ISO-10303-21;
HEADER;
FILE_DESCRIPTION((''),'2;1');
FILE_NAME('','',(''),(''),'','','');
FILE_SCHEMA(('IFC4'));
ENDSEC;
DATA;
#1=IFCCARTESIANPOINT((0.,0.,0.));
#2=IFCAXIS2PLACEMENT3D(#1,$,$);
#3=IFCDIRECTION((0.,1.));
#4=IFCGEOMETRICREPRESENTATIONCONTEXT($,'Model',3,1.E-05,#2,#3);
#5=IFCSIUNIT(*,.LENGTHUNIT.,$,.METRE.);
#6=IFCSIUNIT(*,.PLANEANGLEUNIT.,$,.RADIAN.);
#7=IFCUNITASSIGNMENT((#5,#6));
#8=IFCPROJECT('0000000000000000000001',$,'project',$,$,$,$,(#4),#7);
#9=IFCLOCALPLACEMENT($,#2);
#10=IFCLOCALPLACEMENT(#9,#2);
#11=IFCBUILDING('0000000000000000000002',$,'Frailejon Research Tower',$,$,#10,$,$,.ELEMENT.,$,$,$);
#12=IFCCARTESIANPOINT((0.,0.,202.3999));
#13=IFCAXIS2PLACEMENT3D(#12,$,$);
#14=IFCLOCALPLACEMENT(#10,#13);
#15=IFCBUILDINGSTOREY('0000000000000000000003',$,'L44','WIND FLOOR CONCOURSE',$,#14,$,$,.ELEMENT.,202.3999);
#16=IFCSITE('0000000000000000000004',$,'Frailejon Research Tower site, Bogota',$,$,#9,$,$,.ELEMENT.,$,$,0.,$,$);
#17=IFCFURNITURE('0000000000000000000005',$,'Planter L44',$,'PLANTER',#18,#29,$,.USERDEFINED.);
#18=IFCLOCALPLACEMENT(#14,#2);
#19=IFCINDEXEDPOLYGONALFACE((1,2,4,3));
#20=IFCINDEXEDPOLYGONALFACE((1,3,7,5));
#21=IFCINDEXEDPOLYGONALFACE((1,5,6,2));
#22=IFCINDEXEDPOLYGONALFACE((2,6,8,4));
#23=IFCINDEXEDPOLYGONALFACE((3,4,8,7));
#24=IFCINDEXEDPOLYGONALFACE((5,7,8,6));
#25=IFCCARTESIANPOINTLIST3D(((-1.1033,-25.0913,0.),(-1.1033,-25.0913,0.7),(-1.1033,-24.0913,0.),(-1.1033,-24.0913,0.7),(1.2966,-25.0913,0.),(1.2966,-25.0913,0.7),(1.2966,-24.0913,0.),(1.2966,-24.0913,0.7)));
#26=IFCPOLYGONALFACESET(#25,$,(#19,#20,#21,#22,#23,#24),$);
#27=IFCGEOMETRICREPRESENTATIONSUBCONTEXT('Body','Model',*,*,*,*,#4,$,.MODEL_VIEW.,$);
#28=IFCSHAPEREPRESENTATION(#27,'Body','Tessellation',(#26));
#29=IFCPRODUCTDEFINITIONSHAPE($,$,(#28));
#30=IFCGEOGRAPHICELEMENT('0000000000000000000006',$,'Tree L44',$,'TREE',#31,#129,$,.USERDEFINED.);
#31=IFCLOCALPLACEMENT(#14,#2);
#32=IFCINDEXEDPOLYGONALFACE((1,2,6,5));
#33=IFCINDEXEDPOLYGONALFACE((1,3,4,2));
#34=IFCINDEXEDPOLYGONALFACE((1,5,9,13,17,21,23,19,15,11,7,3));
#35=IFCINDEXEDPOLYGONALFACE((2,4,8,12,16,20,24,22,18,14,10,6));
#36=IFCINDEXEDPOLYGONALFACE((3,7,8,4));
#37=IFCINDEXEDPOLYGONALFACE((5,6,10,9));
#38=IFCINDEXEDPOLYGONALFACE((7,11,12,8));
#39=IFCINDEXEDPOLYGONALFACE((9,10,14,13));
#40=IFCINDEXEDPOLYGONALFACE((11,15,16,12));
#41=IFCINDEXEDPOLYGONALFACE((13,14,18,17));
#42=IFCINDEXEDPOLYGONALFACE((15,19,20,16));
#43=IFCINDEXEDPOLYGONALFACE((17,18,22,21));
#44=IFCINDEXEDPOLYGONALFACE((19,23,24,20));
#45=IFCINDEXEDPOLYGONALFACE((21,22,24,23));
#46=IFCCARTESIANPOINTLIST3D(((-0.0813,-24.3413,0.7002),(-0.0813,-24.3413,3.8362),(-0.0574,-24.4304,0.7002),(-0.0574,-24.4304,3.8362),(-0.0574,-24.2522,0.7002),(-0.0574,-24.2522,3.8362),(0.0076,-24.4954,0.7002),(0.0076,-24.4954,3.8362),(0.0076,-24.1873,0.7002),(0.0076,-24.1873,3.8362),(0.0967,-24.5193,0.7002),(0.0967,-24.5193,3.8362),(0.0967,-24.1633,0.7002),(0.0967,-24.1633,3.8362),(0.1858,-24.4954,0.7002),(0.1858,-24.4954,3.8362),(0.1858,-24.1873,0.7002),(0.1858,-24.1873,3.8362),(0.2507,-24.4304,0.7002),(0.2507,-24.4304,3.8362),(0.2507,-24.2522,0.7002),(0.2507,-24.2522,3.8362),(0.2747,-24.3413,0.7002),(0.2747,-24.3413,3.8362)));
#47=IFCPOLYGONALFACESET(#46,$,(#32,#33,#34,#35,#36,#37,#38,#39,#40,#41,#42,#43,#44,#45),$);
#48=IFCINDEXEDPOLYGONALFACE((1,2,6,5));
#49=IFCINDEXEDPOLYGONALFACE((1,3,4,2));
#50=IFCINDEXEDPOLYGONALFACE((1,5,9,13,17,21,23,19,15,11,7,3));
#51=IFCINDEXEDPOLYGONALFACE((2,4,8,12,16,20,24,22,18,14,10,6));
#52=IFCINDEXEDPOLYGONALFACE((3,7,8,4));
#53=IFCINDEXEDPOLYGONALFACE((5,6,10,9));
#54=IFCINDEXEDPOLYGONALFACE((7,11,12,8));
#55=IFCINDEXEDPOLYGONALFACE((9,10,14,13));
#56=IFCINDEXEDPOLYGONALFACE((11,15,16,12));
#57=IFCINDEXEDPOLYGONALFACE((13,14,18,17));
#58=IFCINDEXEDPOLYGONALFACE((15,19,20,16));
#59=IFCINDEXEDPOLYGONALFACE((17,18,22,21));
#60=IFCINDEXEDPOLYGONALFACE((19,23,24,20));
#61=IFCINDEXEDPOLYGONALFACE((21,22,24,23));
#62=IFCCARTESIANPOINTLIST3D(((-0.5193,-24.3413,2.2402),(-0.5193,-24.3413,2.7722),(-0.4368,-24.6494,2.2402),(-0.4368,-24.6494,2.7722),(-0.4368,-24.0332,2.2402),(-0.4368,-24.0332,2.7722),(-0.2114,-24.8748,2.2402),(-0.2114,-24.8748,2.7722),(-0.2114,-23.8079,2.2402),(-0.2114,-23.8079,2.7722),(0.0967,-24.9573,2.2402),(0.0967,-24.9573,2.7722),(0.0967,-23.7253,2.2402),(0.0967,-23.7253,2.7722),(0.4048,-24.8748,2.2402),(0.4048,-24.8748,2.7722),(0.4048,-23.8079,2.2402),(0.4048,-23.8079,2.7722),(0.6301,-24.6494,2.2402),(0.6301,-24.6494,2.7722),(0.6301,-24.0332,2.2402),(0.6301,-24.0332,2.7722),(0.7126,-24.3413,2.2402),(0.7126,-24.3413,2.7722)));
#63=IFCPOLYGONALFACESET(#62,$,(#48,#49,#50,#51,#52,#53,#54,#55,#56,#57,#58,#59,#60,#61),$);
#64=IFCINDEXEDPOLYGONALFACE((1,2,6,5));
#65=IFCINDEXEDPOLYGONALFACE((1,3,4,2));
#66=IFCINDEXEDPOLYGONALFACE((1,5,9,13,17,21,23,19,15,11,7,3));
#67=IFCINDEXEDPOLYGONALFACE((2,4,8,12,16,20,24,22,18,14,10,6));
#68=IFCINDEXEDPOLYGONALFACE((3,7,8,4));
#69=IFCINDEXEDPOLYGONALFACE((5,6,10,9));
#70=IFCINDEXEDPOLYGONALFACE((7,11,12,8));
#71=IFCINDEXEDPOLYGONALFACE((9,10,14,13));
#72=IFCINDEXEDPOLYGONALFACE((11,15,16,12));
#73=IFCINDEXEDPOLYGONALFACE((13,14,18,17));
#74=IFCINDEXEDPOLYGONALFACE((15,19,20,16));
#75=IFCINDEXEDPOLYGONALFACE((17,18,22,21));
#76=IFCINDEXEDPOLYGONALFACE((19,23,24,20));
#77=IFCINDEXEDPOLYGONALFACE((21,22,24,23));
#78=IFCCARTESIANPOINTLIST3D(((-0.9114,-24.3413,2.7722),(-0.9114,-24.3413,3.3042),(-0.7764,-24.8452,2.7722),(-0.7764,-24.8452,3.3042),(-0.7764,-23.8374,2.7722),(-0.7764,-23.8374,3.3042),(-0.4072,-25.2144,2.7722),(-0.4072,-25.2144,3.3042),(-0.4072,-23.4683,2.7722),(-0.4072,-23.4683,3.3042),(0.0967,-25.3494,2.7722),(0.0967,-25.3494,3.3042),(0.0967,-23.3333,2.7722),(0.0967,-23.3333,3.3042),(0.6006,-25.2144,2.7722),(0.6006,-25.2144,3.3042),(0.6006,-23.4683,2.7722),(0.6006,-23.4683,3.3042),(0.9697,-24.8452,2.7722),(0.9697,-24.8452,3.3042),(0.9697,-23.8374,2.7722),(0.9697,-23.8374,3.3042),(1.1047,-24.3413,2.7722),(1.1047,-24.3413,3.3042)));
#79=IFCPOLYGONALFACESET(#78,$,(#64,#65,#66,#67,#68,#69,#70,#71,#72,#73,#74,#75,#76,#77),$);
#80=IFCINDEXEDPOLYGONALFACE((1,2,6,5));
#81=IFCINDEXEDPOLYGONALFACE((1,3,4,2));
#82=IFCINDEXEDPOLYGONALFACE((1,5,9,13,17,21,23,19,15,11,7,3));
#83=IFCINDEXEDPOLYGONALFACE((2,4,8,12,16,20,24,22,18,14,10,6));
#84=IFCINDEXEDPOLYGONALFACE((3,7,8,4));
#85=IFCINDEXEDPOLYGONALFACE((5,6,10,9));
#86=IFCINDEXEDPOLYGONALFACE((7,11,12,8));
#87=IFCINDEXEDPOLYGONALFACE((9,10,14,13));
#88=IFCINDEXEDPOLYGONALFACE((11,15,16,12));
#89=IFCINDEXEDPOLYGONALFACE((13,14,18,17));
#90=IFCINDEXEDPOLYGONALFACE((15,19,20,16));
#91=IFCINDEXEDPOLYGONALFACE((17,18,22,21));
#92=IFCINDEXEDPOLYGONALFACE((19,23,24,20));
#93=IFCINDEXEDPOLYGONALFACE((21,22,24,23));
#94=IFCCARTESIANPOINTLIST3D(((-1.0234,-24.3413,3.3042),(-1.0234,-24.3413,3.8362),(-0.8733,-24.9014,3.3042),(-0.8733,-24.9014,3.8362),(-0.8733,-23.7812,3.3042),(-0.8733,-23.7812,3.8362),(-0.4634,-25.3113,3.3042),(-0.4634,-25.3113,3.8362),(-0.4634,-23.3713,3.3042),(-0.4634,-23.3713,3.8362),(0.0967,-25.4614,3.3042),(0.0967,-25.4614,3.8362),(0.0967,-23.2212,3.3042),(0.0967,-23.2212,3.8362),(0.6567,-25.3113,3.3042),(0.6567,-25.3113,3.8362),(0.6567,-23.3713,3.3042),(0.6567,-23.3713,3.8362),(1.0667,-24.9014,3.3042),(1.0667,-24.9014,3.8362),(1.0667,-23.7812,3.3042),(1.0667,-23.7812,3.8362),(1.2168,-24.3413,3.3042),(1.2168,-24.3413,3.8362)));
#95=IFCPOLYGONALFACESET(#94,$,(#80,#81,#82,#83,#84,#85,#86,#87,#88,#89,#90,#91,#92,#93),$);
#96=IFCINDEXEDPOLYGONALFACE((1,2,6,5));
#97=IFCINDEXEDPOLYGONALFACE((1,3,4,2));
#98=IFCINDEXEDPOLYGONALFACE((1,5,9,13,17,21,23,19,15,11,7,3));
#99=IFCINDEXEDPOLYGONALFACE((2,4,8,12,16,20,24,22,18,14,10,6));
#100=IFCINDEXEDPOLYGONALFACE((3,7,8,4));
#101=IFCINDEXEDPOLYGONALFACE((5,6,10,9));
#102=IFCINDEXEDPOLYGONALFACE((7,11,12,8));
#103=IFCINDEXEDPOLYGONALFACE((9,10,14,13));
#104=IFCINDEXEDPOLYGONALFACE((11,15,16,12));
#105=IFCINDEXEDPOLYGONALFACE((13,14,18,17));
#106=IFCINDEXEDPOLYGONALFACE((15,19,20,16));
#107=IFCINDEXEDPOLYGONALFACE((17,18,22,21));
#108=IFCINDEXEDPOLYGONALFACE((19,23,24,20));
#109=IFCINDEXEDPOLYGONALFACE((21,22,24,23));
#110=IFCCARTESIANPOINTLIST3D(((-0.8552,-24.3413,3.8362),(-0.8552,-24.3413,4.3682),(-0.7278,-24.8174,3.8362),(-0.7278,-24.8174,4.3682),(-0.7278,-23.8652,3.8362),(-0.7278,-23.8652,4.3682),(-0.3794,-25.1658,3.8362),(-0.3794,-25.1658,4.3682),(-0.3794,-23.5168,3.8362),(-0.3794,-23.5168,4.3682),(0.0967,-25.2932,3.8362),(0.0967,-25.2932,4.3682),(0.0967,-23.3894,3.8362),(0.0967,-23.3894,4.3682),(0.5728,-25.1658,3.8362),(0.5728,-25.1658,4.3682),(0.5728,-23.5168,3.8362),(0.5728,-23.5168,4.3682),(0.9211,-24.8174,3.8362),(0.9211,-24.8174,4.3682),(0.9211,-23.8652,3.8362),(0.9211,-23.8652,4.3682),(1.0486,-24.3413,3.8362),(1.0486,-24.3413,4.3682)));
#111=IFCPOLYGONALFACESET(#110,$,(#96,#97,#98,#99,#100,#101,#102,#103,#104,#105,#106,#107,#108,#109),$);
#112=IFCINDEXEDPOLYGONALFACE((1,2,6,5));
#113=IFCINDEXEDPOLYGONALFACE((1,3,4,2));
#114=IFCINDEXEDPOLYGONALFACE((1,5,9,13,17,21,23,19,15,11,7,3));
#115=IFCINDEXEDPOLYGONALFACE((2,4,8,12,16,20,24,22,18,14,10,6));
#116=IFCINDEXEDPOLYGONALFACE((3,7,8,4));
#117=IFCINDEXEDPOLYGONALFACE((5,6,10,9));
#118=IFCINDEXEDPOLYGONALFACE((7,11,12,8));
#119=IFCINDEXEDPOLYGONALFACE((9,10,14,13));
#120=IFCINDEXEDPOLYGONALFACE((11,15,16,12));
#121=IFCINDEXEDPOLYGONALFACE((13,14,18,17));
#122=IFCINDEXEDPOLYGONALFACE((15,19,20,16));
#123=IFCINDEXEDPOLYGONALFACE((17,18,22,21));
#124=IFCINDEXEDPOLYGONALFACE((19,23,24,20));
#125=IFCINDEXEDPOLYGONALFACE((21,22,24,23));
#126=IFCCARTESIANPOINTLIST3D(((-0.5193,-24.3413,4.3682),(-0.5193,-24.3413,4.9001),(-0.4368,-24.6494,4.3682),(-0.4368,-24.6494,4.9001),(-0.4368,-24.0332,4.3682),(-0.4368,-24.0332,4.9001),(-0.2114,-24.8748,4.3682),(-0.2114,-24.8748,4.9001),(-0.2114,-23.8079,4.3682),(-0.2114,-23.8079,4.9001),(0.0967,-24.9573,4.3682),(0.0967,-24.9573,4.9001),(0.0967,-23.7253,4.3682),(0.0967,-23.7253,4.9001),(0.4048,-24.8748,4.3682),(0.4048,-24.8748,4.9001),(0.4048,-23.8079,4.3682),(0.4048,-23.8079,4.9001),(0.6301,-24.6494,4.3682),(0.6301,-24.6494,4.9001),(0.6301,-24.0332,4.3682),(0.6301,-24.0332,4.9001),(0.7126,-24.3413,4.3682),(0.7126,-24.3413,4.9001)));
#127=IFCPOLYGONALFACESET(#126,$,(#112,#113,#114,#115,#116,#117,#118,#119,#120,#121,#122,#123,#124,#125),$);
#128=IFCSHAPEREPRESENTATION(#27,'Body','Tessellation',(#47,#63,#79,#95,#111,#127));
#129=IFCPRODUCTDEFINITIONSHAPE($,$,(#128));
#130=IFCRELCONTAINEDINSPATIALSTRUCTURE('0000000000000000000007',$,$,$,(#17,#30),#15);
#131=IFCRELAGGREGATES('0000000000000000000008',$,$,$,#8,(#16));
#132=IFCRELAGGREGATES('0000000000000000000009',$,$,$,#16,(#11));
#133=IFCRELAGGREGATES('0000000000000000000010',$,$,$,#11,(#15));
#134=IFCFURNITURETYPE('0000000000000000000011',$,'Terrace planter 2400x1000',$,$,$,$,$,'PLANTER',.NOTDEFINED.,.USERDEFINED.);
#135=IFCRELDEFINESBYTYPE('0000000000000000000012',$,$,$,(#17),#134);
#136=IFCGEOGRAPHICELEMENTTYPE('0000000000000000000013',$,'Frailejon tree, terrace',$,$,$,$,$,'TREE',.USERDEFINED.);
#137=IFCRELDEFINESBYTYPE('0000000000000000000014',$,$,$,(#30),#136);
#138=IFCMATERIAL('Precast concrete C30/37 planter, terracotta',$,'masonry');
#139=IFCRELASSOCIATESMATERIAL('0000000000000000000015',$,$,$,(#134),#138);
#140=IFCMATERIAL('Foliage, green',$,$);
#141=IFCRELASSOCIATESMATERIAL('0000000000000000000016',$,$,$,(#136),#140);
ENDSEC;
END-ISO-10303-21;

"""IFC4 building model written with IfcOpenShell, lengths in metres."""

from ifc_helpers import new_model, si_unit, direction, frame, origin, origin_2d, place, context, subcontext, project, spatial, polyline, rectangle, outline, extrude, material, type_object, element, save


model = new_model("IFC4")

# Units and contexts
model_context = context("Model", 3, precision=1e-05, world=origin(), true_north=direction((0.0, 1.0)))
body_context = subcontext(model_context, "Body", "Model", "MODEL_VIEW")
ifc_project = project(units=[si_unit("LENGTHUNIT", "METRE"), si_unit("PLANEANGLEUNIT", "RADIAN")], contexts=[model_context])

# Site, building, storey
site_placement = place(None, origin())
site = spatial("IfcSite", under=ifc_project, at=site_placement, Name="Frailejon Research Tower site, Bogota", CompositionType="ELEMENT", RefElevation=0.0)
building_placement = place(site_placement, origin())
building = spatial("IfcBuilding", under=site, at=building_placement, Name="Frailejon Research Tower", CompositionType="ELEMENT")
storey_placement = place(building_placement, frame((0.0, 0.0, 202.3999)))
storey = spatial("IfcBuildingStorey", under=building, at=storey_placement, Name="L44", Description="WIND FLOOR CONCOURSE", CompositionType="ELEMENT", Elevation=202.3999)

# Furniture
ifc_material_1 = material(Name="Precast concrete C30/37 planter, terracotta", Category="masonry")
furniture_type = type_object("IfcFurnitureType", Name="Terrace planter 2400x1000", ElementType="PLANTER", AssemblyPlace="NOTDEFINED", PredefinedType="USERDEFINED", material=ifc_material_1)
furniture_placement = place(storey_placement, frame((0.0967, -24.5913, 0.0), z_axis=(0.0, 0.0, 1.0), x_axis=(1.0, 0.0, 0.0)))
element("IfcFurniture", 1, at=furniture_placement, inside=storey, type_object=furniture_type, Name="Planter L44", ObjectType="PLANTER", PredefinedType="USERDEFINED", context=body_context, shape_type="SweptSolid", body=[
    extrude(rectangle(XDim=2.3999, YDim=1.0, at=origin_2d()), origin(), (0.0, 0.0, 1.0), 0.7),
])

# Geographic element
ifc_material_2 = material(Name="Foliage, green")
geographic_element_type = type_object("IfcGeographicElementType", Name="Frailejon tree, terrace", ElementType="TREE", PredefinedType="USERDEFINED", material=ifc_material_2)
geographic_element_1_placement = place(storey_placement, frame((0.0967, -24.3413, 0.7002)))
element("IfcGeographicElement", 2, at=geographic_element_1_placement, inside=storey, type_object=geographic_element_type, Name="Tree L44", ObjectType="TREE", PredefinedType="USERDEFINED", context=body_context, shape_type="SweptSolid", body=[
    extrude(outline(polyline([(0.178, 0.0), (0.1541, 0.0891), (0.0891, 0.1541), (0.0, 0.178), (-0.0891, 0.1541), (-0.1541, 0.0891), (-0.178, 0.0), (-0.1541, -0.0891), (-0.0891, -0.1541), (0.0, -0.178), (0.0891, -0.1541), (0.1541, -0.0891), (0.178, 0.0)])), origin(), (0.0, 0.0, 1.0), 3.136),
    extrude(outline(polyline([(0.616, 0.0), (0.5334, 0.3081), (0.3081, 0.5334), (0.0, 0.616), (-0.3081, 0.5334), (-0.5334, 0.3081), (-0.616, 0.0), (-0.5334, -0.3081), (-0.3081, -0.5334), (0.0, -0.616), (0.3081, -0.5334), (0.5334, -0.3081), (0.616, 0.0)])), frame((0.0, 0.0, 1.54)), (0.0, 0.0, 1.0), 0.532),
    extrude(outline(polyline([(1.0081, 0.0), (0.873, 0.5039), (0.5039, 0.873), (0.0, 1.0081), (-0.5039, 0.873), (-0.873, 0.5039), (-1.0081, 0.0), (-0.873, -0.5039), (-0.5039, -0.873), (0.0, -1.0081), (0.5039, -0.873), (0.873, -0.5039), (1.0081, 0.0)])), frame((0.0, 0.0, 2.072)), (0.0, 0.0, 1.0), 0.532),
    extrude(outline(polyline([(1.1201, 0.0), (0.97, 0.5601), (0.5601, 0.97), (0.0, 1.1201), (-0.5601, 0.97), (-0.97, 0.5601), (-1.1201, 0.0), (-0.97, -0.5601), (-0.5601, -0.97), (0.0, -1.1201), (0.5601, -0.97), (0.97, -0.5601), (1.1201, 0.0)])), frame((0.0, 0.0, 2.604)), (0.0, 0.0, 1.0), 0.532),
    extrude(outline(polyline([(0.9519, 0.0), (0.8245, 0.4761), (0.4761, 0.8245), (0.0, 0.9519), (-0.4761, 0.8245), (-0.8245, 0.4761), (-0.9519, 0.0), (-0.8245, -0.4761), (-0.4761, -0.8245), (0.0, -0.9519), (0.4761, -0.8245), (0.8245, -0.4761), (0.9519, 0.0)])), frame((0.0, 0.0, 3.136)), (0.0, 0.0, 1.0), 0.532),
    extrude(outline(polyline([(0.616, 0.0), (0.5334, 0.3081), (0.3081, 0.5334), (0.0, 0.616), (-0.3081, 0.5334), (-0.5334, 0.3081), (-0.616, 0.0), (-0.5334, -0.3081), (-0.3081, -0.5334), (0.0, -0.616), (0.3081, -0.5334), (0.5334, -0.3081), (0.616, 0.0)])), frame((0.0, 0.0, 3.668)), (0.0, 0.0, 1.0), 0.532),
])

save(model, "model.ifc")
